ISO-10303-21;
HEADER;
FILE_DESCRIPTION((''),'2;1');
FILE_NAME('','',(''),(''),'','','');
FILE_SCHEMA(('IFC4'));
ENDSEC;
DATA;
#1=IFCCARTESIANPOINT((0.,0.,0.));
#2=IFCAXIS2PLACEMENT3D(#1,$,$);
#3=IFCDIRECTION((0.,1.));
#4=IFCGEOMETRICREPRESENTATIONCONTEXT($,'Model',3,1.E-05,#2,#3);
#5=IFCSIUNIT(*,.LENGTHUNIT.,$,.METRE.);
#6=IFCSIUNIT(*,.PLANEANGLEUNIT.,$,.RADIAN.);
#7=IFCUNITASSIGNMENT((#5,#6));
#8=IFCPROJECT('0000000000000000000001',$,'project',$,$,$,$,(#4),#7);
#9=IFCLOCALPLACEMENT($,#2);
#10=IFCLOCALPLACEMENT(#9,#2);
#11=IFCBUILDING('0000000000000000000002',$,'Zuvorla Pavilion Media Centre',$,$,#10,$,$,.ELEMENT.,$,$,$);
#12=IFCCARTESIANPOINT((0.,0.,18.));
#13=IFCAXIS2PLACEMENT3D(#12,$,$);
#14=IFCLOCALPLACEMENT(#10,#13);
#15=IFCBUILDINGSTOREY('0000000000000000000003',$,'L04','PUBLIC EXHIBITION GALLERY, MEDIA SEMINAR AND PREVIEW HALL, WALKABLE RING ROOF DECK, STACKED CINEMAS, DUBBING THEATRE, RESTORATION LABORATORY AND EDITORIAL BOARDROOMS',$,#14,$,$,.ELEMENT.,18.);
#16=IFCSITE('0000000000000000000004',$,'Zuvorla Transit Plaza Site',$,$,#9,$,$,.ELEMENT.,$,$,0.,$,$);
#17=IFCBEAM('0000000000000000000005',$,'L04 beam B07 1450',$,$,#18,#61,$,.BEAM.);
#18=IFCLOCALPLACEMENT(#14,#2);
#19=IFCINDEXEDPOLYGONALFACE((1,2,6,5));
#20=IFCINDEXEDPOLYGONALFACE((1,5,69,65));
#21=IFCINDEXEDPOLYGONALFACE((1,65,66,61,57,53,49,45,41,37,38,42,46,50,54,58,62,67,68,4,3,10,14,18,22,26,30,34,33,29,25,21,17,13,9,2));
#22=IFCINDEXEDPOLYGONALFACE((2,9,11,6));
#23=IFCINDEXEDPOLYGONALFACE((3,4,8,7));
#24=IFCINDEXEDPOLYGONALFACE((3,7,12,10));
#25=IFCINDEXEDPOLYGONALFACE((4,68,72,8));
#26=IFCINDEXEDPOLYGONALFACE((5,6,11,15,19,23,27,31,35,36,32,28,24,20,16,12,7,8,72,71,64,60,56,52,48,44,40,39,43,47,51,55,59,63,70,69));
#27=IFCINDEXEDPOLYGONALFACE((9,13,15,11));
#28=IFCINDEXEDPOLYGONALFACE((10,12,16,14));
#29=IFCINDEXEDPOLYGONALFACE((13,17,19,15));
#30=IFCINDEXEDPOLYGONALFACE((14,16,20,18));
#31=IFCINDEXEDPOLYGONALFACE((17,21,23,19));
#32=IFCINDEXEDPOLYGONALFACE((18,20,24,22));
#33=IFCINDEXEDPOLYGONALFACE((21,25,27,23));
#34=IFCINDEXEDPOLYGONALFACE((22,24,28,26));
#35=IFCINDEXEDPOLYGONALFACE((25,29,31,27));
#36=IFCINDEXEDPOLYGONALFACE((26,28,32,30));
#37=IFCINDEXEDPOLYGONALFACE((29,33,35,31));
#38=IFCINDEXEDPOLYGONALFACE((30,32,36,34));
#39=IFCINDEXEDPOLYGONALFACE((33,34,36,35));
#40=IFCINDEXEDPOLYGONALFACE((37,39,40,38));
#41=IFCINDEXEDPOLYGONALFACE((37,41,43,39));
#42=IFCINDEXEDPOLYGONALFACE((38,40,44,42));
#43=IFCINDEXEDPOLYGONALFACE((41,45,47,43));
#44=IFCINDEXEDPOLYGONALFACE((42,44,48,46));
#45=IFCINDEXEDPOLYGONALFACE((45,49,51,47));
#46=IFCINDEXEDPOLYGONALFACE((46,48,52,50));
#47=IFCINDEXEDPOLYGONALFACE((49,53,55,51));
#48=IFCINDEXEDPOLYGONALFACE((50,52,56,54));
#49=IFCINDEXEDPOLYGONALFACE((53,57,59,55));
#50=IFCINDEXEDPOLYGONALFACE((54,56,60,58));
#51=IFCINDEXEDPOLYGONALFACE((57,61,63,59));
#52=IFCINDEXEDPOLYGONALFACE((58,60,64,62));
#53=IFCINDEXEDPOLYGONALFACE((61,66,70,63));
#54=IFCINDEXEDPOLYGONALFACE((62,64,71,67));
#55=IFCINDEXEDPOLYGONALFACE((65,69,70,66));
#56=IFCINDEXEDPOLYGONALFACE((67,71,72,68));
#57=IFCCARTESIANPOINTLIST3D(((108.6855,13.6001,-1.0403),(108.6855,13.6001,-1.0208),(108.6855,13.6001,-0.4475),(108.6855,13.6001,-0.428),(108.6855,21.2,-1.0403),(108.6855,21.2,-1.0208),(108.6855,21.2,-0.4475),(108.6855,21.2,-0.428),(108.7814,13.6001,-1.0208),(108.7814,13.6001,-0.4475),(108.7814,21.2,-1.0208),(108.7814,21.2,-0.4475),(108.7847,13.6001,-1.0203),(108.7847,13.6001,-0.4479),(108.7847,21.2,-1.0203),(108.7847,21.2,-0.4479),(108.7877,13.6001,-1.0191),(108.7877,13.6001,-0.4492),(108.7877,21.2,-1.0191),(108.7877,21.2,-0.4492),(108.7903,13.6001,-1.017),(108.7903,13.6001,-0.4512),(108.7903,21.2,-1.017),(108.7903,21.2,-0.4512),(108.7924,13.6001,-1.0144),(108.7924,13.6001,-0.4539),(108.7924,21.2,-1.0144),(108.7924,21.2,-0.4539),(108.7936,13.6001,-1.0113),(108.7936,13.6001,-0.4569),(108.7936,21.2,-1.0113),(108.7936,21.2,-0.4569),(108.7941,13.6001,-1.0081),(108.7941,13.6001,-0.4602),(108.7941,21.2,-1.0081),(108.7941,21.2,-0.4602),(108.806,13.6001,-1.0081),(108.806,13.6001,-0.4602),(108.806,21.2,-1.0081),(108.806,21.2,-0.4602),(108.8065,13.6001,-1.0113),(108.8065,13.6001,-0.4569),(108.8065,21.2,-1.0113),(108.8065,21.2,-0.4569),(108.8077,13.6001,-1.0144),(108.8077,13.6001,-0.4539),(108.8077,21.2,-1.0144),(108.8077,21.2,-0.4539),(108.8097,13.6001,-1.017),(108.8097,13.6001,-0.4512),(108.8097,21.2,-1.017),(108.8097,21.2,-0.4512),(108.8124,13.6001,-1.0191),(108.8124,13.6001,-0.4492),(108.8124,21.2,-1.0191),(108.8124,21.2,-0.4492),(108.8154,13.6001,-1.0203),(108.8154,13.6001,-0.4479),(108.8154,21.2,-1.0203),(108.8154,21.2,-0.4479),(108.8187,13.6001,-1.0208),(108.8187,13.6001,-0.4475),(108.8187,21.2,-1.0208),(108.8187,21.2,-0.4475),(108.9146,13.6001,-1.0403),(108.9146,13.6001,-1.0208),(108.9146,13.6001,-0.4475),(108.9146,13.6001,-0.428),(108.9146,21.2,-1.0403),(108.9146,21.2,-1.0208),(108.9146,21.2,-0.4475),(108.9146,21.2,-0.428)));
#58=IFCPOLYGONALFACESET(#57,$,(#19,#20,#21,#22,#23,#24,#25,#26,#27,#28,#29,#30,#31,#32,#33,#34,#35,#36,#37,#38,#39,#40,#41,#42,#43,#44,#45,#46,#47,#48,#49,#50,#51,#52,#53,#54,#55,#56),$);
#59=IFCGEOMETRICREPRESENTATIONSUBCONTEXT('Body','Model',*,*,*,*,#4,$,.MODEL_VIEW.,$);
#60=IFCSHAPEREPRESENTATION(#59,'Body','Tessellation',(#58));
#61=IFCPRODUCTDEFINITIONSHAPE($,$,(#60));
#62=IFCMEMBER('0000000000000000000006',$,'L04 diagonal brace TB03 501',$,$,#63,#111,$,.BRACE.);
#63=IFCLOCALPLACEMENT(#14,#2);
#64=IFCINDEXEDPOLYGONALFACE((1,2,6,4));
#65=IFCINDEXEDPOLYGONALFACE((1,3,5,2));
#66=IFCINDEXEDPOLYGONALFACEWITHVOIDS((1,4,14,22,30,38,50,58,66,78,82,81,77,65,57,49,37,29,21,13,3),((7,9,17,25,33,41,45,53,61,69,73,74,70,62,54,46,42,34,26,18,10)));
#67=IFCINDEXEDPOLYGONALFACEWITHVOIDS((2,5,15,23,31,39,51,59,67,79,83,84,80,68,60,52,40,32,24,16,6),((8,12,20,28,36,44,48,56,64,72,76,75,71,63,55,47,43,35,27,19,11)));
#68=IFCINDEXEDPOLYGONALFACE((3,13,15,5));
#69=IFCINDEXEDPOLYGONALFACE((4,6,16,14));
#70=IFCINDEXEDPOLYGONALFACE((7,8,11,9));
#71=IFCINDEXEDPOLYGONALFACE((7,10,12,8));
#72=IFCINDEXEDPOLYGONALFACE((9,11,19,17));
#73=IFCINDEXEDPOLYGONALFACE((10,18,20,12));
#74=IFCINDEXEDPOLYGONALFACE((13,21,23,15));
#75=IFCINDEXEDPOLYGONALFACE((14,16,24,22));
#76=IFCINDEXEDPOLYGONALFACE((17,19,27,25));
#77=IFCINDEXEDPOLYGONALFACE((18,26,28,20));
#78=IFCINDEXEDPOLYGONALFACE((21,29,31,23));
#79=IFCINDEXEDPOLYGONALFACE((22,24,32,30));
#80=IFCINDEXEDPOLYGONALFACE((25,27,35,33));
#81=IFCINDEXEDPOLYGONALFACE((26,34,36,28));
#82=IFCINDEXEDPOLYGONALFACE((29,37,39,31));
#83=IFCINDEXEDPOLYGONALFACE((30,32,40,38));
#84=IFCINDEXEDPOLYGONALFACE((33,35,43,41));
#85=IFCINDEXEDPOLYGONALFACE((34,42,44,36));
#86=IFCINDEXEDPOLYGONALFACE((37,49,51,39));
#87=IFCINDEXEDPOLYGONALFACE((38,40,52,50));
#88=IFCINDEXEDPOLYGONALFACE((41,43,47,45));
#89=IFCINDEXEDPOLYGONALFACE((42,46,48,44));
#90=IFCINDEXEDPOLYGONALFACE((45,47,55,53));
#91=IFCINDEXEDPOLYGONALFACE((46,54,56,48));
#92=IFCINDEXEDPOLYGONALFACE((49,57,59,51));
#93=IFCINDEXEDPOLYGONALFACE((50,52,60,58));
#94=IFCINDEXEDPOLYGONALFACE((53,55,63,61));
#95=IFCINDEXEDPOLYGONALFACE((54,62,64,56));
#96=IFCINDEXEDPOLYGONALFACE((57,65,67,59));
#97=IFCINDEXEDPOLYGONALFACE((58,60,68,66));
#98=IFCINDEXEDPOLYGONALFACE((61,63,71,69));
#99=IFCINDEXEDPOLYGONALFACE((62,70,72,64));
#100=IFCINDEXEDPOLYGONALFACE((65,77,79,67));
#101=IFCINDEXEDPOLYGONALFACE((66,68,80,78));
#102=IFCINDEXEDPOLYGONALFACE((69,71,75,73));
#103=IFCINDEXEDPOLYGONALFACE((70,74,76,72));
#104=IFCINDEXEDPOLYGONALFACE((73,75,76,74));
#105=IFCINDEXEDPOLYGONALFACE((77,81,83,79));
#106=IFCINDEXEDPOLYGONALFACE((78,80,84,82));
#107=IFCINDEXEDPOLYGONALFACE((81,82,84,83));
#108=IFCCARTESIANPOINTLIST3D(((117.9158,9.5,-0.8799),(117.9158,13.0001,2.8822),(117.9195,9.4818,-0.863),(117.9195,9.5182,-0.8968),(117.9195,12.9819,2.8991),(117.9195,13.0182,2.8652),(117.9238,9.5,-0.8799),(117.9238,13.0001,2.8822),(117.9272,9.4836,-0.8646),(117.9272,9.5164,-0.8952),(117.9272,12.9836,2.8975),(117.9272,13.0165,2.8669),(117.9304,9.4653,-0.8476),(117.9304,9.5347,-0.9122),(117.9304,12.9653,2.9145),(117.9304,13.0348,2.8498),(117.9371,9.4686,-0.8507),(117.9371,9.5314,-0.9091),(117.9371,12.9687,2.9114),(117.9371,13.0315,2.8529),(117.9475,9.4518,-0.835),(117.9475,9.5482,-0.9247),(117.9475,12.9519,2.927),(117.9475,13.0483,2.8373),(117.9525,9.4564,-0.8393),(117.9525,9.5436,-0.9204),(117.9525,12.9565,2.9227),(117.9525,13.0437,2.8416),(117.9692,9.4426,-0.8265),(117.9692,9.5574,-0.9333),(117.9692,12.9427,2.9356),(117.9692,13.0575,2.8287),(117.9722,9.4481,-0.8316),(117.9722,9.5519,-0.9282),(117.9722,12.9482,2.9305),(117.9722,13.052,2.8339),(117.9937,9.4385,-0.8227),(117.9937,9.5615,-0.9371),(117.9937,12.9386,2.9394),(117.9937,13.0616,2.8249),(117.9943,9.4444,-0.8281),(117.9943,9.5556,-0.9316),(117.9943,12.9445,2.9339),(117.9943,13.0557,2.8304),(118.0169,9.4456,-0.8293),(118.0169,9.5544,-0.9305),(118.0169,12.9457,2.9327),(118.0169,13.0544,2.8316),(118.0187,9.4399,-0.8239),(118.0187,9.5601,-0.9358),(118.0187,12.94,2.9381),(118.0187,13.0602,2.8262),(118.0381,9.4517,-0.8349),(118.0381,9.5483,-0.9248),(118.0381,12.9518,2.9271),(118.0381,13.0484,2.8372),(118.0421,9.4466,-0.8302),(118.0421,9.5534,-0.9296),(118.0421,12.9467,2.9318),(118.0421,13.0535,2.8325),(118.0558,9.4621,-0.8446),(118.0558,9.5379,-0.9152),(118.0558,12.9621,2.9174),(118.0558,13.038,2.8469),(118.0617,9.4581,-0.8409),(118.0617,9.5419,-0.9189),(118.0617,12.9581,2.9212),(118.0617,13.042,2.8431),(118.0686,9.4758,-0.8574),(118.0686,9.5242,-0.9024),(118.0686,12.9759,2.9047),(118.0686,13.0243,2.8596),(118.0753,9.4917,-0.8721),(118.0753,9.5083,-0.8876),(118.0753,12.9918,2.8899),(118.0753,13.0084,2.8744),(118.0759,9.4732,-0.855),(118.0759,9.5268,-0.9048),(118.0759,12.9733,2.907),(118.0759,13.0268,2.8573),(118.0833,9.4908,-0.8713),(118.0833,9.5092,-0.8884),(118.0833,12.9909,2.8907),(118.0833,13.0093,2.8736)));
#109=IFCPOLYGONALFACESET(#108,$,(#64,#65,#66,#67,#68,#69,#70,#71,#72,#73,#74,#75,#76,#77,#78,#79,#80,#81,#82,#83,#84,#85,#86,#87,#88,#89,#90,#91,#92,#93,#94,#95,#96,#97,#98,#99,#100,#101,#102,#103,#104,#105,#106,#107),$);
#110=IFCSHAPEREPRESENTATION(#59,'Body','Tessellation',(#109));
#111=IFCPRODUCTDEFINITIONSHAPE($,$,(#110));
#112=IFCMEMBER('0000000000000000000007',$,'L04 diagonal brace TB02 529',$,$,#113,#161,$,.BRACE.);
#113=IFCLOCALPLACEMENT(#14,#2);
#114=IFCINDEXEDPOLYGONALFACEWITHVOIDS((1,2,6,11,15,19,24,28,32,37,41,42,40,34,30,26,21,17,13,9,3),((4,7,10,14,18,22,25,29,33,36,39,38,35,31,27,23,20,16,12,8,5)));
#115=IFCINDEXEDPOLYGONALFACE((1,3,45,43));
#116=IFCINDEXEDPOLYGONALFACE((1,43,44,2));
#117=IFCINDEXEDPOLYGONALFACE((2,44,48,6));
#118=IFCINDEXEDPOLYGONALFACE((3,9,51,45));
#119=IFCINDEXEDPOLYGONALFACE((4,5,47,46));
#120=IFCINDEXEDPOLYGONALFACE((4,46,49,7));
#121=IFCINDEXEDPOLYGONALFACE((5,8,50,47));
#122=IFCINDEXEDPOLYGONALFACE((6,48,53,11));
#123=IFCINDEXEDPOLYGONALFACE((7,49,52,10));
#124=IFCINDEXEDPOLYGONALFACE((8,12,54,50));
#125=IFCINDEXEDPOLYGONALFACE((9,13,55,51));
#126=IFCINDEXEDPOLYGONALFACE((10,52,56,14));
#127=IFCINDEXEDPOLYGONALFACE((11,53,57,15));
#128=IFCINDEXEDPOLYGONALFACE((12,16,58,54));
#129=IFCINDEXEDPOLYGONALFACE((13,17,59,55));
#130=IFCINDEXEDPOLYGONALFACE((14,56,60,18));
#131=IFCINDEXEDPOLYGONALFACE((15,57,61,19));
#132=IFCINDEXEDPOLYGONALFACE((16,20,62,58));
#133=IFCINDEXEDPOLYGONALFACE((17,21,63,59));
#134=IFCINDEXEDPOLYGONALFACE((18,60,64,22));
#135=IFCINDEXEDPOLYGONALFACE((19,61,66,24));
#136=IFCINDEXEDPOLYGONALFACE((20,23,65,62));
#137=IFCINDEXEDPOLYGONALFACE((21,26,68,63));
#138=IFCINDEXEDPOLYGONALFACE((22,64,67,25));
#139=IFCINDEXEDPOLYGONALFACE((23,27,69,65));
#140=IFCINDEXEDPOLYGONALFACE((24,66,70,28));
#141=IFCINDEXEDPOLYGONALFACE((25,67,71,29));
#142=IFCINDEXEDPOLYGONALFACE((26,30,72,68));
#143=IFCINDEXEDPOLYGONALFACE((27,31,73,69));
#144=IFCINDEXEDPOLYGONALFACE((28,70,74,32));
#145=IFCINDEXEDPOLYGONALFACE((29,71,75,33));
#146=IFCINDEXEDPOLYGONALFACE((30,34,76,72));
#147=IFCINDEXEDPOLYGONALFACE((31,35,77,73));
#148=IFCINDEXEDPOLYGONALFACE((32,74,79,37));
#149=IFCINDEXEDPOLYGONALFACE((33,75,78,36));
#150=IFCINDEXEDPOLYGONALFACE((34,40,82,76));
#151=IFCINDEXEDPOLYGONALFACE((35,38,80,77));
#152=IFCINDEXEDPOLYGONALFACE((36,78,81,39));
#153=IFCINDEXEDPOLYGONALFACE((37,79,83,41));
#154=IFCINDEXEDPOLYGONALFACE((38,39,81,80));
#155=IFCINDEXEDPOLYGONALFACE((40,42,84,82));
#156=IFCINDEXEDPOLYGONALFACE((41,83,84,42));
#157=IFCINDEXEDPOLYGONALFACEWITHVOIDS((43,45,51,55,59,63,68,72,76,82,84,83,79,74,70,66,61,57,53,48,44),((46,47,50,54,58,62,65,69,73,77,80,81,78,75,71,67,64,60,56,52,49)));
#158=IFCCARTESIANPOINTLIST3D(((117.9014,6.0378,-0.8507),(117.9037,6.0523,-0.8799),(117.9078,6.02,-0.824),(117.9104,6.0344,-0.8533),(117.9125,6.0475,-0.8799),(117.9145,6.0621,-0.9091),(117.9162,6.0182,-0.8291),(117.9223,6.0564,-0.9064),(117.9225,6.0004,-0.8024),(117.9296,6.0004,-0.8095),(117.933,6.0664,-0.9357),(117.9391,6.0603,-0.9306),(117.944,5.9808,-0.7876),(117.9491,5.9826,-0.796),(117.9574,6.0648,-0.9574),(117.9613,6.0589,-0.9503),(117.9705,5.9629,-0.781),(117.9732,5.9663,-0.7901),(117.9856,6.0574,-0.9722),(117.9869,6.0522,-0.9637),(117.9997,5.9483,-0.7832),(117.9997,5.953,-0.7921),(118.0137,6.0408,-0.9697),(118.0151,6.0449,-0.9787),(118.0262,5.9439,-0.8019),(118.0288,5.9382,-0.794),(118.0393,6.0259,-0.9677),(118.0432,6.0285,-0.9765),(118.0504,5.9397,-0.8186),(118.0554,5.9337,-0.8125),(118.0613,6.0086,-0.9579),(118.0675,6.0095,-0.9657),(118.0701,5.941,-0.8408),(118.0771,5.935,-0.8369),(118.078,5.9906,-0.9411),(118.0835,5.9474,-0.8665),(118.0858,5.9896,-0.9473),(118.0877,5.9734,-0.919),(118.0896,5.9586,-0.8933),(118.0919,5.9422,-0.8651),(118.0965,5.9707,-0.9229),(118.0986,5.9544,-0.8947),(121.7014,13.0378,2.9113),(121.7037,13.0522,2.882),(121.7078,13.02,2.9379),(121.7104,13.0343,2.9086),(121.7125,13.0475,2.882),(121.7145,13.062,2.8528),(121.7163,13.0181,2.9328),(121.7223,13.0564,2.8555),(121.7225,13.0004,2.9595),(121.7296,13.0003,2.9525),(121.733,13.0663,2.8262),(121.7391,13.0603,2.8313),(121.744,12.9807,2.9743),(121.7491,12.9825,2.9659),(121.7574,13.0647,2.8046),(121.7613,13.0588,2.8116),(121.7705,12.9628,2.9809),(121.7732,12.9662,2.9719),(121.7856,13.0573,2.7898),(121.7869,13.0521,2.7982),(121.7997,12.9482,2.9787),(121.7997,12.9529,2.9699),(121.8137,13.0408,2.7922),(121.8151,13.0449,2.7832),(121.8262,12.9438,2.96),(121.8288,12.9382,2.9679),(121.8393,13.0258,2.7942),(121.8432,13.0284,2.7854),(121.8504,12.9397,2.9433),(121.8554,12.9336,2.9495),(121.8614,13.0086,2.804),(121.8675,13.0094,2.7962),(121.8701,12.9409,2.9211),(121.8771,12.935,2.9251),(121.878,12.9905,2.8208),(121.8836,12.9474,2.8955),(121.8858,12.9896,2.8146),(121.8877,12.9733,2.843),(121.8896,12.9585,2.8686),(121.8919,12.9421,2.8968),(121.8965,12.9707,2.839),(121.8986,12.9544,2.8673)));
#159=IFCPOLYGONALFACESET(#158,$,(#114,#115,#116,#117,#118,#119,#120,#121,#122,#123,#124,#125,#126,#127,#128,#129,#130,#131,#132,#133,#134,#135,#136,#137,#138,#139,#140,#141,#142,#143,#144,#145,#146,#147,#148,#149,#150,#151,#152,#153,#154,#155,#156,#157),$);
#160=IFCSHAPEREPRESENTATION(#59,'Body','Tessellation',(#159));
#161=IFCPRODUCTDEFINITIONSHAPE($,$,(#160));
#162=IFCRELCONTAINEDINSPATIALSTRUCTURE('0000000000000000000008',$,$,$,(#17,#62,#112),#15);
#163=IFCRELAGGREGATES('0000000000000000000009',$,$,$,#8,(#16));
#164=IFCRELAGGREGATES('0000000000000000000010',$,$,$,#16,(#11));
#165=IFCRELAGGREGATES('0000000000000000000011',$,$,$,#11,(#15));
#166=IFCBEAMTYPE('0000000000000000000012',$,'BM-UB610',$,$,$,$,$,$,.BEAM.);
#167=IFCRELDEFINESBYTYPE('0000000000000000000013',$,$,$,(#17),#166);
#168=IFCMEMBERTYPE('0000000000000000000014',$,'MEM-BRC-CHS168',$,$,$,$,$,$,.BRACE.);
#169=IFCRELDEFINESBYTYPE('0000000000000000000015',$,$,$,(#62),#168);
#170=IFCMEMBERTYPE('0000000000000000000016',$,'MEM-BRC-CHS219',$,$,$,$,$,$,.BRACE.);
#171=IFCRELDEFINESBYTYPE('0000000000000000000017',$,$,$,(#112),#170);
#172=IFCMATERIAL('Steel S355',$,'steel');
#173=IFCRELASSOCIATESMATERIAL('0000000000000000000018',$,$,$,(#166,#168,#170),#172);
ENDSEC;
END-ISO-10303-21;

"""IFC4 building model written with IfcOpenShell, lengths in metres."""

from ifc_helpers import new_model, si_unit, direction, frame, origin, origin_2d, place, context, subcontext, project, spatial, hollow_circle, i_section, extrude, material, material_profile, profile_set, type_object, element, save


model = new_model("IFC4")

# Units and contexts
model_context = context("Model", 3, precision=1e-05, world=origin(), true_north=direction((0.0, 1.0)))
body_context = subcontext(model_context, "Body", "Model", "MODEL_VIEW")
ifc_project = project(units=[si_unit("LENGTHUNIT", "METRE"), si_unit("PLANEANGLEUNIT", "RADIAN")], contexts=[model_context])

# Site, building, storey
site_placement = place(None, origin())
site = spatial("IfcSite", under=ifc_project, at=site_placement, Name="Zuvorla Transit Plaza Site", CompositionType="ELEMENT", RefElevation=0.0)
building_placement = place(site_placement, origin())
building = spatial("IfcBuilding", under=site, at=building_placement, Name="Zuvorla Pavilion Media Centre", CompositionType="ELEMENT")
storey_placement = place(building_placement, frame((0.0, 0.0, 18.0)))
storey = spatial("IfcBuildingStorey", under=building, at=storey_placement, Name="L04", Description="PUBLIC EXHIBITION GALLERY, MEDIA SEMINAR AND PREVIEW HALL, WALKABLE RING ROOF DECK, STACKED CINEMAS, DUBBING THEATRE, RESTORATION LABORATORY AND EDITORIAL BOARDROOMS", CompositionType="ELEMENT", Elevation=18.0)

# Beam
ifc_material_1 = material(Name="Steel S355", Category="steel")
ifc_material_profile_1 = material_profile(ifc_material_1, i_section(OverallWidth=0.229, OverallDepth=0.6123, WebThickness=0.012, FlangeThickness=0.0195, FilletRadius=0.0127, at=origin_2d()), Name="UB 610x229x125")
ifc_profile_set_1 = profile_set([ifc_material_profile_1], Name="Steel S355")
beam_type_1 = type_object("IfcBeamType", Name="BM-UB610", PredefinedType="BEAM", material=ifc_profile_set_1)
beam_1_placement = place(storey_placement, frame((108.8, 13.6001, -0.7341), z_axis=(0.0, 1.0, 0.0), x_axis=(-1.0, 0.0, 0.0)))
element("IfcBeam", 1, at=beam_1_placement, inside=storey, type_object=beam_type_1, Name="L04 beam B07 1450", PredefinedType="BEAM", context=body_context, shape_type="SweptSolid", body=[
    extrude(i_section(OverallWidth=0.229, OverallDepth=0.6123, WebThickness=0.012, FlangeThickness=0.0195, FilletRadius=0.0127, at=origin_2d()), origin(), (0.0, 0.0, 1.0), 7.5999),
])

# Members
ifc_material_profile_2 = material_profile(ifc_material_1, hollow_circle(Radius=0.0842, WallThickness=0.0081, at=origin_2d()), Name="CHS 168.3x8")
ifc_profile_set_2 = profile_set([ifc_material_profile_2], Name="Steel S355")
member_type_1 = type_object("IfcMemberType", Name="MEM-BRC-CHS168", PredefinedType="BRACE", material=ifc_profile_set_2)
member_1_placement = place(storey_placement, frame((118.0, 9.5, -0.8799), z_axis=(0.0, 0.681156, 0.732138), x_axis=(-1.0, 0.0, 0.0)))
element("IfcMember", 2, at=member_1_placement, inside=storey, type_object=member_type_1, Name="L04 diagonal brace TB03 501", PredefinedType="BRACE", context=body_context, shape_type="SweptSolid", body=[
    extrude(hollow_circle(Radius=0.0842, WallThickness=0.0081, at=origin_2d()), origin(), (0.0, 0.0, 1.0), 5.1384),
])
ifc_material_profile_3 = material_profile(ifc_material_1, hollow_circle(Radius=0.1096, WallThickness=0.01, at=origin_2d()), Name="CHS 219.1x10")
ifc_profile_set_3 = profile_set([ifc_material_profile_3], Name="Steel S355")
member_type_2 = type_object("IfcMemberType", Name="MEM-BRC-CHS219", PredefinedType="BRACE", material=ifc_profile_set_3)
member_2_placement = place(storey_placement, frame((118.0, 6.0, -0.8799), z_axis=(0.431399, 0.794671, 0.427075), x_axis=(-0.878851, 0.477097, 0.0)))
element("IfcMember", 3, at=member_2_placement, inside=storey, type_object=member_type_2, Name="L04 diagonal brace TB02 529", PredefinedType="BRACE", context=body_context, shape_type="SweptSolid", body=[
    extrude(hollow_circle(Radius=0.1096, WallThickness=0.01, at=origin_2d()), origin(), (0.0, 0.0, 1.0), 8.8086),
])

save(model, "model.ifc")
